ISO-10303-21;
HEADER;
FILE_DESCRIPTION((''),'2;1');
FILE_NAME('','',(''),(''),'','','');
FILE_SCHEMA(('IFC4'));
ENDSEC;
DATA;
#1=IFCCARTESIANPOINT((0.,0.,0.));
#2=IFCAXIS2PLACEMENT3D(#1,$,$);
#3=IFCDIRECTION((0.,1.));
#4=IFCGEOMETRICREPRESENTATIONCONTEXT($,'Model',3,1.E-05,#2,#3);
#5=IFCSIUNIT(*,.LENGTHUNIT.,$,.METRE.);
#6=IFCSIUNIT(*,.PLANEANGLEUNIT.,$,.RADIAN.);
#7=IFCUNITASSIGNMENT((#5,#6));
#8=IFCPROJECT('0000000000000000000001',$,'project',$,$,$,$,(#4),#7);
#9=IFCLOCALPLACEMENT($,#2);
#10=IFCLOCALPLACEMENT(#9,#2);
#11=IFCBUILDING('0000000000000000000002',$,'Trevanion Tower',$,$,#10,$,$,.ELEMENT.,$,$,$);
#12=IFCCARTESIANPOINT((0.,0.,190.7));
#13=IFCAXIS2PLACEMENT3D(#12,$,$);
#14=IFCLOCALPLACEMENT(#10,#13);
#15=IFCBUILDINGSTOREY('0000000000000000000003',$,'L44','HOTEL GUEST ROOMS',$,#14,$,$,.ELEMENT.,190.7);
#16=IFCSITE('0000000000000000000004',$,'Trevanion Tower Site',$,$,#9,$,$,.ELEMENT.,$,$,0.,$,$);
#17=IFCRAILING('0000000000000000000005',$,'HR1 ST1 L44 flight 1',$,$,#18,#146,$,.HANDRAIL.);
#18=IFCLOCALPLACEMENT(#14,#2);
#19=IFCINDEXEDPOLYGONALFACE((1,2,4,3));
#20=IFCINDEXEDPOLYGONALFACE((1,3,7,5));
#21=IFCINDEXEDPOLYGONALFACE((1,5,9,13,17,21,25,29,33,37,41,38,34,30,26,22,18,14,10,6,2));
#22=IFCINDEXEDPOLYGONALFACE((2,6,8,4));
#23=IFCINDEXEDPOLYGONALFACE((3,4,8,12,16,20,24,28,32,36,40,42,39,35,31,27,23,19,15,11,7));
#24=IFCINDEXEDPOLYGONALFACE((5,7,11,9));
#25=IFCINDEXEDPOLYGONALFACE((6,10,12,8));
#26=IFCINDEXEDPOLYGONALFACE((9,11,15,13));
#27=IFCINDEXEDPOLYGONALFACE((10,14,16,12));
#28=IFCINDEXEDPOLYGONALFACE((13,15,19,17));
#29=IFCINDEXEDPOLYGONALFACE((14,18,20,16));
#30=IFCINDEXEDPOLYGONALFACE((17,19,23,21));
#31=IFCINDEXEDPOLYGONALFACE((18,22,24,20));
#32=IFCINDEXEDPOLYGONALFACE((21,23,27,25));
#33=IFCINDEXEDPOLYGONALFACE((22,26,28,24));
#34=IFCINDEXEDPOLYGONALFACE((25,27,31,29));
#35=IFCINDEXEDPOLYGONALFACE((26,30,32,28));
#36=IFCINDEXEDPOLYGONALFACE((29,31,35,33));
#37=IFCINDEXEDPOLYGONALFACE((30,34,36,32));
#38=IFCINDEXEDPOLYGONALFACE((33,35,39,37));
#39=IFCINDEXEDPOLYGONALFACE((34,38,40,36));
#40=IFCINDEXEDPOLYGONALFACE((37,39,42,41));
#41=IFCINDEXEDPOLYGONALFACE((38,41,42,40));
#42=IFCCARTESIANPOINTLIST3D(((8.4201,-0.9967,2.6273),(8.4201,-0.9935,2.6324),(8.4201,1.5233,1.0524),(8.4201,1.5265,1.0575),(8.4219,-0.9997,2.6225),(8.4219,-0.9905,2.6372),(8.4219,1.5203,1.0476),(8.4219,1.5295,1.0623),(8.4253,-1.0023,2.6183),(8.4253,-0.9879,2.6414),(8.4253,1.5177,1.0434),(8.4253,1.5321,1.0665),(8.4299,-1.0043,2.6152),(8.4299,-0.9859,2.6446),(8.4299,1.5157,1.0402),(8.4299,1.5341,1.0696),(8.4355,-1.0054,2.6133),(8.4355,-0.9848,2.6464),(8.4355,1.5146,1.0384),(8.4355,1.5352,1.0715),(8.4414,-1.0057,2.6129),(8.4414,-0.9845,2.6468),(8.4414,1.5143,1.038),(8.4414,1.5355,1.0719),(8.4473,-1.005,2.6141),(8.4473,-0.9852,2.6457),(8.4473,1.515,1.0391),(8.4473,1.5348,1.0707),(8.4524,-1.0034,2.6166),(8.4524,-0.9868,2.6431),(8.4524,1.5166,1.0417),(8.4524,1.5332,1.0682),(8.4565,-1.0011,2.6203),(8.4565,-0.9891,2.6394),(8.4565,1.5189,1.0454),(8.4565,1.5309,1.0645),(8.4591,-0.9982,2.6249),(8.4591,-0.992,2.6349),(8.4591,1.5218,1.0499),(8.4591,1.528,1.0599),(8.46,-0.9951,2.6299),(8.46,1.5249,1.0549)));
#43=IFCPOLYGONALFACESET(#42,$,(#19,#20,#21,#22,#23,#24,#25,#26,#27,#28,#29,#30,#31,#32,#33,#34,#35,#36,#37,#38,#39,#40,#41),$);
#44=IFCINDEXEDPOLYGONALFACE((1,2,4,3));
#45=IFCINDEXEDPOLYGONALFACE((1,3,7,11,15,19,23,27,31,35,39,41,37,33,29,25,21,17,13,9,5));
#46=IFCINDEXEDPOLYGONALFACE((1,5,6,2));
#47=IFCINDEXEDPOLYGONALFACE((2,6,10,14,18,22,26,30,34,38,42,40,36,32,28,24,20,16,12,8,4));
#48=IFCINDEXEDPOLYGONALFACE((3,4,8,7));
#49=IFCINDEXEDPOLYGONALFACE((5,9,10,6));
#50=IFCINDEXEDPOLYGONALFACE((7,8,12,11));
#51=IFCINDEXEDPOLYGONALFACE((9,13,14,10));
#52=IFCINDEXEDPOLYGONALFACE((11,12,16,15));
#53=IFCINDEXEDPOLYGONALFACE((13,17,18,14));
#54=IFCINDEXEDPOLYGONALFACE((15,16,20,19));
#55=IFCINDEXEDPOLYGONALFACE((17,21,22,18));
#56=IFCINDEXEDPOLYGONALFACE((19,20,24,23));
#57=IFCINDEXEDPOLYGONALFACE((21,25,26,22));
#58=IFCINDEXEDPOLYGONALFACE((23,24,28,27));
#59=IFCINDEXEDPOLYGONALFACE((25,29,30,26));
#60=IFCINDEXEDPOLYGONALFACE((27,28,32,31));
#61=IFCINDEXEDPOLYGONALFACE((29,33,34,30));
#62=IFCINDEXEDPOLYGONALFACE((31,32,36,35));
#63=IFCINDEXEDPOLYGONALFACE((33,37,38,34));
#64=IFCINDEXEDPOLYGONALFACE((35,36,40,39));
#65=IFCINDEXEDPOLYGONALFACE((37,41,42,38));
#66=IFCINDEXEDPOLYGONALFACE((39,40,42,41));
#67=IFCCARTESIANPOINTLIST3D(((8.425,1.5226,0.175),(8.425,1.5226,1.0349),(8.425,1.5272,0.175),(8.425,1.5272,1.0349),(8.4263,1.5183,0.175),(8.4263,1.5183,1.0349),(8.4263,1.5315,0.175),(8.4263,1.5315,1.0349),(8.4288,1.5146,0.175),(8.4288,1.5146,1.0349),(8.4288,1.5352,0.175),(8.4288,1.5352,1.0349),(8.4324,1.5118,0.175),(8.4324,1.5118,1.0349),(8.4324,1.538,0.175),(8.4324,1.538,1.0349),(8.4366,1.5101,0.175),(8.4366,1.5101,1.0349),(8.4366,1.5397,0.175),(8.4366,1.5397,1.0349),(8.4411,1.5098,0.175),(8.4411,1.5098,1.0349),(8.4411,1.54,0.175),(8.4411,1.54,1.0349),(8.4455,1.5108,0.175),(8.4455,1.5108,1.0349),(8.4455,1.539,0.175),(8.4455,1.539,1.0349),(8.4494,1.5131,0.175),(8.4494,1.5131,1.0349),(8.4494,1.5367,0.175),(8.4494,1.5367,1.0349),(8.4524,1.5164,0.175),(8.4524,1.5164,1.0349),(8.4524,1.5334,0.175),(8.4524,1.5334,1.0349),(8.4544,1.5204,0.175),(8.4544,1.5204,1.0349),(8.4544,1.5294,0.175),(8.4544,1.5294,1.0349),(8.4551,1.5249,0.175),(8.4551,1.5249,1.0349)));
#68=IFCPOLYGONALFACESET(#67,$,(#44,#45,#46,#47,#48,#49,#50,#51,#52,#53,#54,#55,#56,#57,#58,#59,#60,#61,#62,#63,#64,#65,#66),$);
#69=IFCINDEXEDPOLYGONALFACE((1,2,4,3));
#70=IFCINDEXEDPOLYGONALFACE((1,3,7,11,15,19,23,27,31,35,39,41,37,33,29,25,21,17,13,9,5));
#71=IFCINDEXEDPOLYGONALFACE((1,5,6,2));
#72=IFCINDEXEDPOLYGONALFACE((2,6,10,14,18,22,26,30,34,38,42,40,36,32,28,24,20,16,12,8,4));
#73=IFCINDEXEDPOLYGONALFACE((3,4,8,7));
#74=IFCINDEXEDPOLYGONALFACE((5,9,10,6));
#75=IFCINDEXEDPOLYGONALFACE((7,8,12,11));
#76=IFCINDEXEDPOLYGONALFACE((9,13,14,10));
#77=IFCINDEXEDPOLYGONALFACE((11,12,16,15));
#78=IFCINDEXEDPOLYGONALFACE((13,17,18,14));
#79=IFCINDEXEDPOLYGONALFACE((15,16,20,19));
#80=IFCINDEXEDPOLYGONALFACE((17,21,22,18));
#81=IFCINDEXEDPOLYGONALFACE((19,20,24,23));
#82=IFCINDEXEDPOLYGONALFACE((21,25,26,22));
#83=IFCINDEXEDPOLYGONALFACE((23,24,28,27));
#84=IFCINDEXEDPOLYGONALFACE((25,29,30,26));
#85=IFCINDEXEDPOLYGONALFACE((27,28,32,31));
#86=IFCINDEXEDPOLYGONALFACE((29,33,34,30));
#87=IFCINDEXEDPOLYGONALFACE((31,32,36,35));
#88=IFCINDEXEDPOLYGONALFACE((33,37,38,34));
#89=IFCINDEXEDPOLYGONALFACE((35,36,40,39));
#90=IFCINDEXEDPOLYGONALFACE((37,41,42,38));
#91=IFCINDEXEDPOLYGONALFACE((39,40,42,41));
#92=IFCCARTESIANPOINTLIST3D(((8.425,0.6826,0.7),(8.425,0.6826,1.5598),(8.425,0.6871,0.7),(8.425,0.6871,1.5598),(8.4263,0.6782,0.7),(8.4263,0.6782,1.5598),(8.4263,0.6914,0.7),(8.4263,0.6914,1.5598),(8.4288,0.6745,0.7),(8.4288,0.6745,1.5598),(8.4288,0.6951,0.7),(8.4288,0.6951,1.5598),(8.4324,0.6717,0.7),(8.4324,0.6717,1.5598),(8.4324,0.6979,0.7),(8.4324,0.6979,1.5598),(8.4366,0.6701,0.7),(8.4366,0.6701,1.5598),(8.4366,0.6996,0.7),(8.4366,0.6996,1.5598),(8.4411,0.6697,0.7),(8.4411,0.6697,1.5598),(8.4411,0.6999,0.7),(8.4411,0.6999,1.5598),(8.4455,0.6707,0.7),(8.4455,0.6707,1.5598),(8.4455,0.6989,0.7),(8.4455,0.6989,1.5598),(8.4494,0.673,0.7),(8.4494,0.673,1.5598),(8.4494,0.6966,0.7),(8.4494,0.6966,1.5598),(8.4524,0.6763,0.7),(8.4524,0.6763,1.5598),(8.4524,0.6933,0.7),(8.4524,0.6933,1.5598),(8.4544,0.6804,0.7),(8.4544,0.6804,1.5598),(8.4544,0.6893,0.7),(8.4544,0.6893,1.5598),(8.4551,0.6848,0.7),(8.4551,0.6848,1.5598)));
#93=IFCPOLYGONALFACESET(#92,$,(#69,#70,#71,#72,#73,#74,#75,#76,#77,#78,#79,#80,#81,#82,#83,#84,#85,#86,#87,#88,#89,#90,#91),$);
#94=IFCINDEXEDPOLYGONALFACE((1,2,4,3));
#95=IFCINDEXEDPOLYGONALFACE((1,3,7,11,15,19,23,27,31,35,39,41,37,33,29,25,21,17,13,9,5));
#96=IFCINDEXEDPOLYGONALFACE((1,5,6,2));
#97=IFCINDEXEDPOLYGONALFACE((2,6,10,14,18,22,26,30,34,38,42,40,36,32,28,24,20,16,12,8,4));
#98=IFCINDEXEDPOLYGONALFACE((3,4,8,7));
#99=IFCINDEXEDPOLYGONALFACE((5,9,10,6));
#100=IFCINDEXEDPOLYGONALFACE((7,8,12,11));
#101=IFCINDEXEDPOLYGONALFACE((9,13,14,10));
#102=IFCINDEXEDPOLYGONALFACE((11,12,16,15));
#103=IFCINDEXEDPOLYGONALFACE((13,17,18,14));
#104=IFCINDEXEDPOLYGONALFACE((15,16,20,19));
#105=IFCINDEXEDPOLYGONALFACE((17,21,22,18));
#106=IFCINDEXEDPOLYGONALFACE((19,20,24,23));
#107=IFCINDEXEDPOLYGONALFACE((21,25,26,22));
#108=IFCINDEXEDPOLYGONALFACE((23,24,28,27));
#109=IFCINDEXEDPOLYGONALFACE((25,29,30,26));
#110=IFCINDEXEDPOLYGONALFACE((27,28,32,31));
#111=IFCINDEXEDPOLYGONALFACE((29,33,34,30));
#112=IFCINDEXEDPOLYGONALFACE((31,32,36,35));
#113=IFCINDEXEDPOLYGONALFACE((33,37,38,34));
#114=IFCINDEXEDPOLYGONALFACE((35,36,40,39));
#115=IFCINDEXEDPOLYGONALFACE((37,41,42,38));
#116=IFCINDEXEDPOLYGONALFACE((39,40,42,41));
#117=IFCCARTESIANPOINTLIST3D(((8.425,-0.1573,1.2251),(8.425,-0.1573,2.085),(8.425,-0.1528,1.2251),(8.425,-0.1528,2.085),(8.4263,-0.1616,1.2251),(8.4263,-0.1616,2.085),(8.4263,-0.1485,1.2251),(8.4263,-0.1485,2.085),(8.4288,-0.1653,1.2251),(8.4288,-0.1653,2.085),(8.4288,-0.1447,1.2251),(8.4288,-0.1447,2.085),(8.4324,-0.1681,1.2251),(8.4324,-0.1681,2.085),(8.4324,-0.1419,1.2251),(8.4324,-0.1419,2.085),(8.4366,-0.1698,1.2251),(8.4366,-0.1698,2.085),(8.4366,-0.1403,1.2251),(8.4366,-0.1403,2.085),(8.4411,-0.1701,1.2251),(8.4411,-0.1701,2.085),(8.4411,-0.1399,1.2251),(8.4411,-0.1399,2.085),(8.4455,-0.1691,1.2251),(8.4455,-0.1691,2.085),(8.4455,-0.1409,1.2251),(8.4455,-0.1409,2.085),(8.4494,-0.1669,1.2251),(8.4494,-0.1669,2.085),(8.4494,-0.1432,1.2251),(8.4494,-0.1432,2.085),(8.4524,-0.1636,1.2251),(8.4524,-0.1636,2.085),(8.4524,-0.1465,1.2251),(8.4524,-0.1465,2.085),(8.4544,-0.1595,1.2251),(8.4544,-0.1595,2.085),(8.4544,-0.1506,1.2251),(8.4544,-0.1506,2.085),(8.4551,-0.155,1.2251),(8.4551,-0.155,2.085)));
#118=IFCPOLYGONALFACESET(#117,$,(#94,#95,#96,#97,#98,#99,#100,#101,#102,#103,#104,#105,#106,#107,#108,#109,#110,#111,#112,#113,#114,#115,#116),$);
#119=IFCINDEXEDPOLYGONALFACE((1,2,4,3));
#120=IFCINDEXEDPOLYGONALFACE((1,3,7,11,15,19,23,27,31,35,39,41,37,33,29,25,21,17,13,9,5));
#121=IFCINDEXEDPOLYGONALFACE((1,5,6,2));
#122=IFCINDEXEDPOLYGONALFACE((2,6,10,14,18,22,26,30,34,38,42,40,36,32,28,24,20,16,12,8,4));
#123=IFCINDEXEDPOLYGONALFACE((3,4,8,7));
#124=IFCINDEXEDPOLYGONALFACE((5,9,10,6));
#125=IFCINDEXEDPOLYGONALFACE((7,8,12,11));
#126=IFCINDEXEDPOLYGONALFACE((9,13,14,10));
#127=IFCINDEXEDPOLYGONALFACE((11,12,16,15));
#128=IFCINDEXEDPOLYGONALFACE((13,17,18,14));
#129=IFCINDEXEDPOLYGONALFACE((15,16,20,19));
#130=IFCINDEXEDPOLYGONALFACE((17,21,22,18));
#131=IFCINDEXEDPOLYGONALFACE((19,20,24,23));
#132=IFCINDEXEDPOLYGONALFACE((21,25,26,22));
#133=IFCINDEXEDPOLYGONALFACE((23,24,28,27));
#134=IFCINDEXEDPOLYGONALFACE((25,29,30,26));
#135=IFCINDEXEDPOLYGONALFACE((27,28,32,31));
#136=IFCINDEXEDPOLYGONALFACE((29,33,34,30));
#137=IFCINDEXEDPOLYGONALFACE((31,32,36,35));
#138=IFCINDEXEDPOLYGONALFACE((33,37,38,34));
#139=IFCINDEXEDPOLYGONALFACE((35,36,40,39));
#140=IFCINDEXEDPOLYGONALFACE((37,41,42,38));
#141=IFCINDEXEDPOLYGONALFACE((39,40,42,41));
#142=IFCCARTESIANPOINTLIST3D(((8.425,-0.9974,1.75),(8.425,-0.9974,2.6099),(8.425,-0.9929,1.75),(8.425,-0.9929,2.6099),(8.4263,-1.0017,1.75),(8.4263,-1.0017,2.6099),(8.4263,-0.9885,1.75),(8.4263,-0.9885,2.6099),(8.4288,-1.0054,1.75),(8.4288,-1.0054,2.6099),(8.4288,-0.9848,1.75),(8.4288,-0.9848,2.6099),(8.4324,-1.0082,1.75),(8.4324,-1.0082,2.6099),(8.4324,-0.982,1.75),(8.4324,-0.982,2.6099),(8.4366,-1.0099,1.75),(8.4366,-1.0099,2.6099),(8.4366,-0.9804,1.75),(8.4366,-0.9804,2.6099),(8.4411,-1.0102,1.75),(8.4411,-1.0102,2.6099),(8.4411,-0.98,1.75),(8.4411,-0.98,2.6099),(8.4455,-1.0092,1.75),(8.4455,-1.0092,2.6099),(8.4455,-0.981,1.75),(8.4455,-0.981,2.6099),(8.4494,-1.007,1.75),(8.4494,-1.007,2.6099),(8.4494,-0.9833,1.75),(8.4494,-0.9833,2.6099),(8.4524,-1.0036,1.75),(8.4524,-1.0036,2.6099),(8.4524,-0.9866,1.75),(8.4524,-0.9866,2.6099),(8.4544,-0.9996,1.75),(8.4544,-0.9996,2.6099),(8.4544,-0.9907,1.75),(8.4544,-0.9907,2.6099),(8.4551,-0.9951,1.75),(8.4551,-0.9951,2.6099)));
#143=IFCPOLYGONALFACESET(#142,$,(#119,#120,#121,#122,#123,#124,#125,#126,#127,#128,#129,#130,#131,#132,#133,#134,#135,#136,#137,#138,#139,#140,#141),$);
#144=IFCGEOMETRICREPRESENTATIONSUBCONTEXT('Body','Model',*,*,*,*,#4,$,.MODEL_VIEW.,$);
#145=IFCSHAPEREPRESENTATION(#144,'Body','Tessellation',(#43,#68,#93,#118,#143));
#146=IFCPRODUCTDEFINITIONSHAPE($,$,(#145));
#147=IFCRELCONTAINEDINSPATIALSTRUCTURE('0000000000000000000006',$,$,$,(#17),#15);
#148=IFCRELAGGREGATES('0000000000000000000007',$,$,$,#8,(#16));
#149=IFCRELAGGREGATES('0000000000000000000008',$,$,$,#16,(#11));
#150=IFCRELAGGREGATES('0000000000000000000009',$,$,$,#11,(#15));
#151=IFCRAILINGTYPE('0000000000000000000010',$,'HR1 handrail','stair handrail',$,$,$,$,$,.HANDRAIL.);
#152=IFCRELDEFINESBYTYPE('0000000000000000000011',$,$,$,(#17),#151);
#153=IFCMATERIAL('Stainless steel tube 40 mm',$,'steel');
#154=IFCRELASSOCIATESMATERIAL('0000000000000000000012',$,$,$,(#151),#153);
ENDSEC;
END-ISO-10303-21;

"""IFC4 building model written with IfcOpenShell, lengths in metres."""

from ifc_helpers import new_model, si_unit, direction, frame, origin, origin_2d, place, context, subcontext, project, spatial, circle, extrude, material, type_object, element, save


model = new_model("IFC4")

# Units and contexts
model_context = context("Model", 3, precision=1e-05, world=origin(), true_north=direction((0.0, 1.0)))
body_context = subcontext(model_context, "Body", "Model", "MODEL_VIEW")
ifc_project = project(units=[si_unit("LENGTHUNIT", "METRE"), si_unit("PLANEANGLEUNIT", "RADIAN")], contexts=[model_context])

# Site, building, storey
site_placement = place(None, origin())
site = spatial("IfcSite", under=ifc_project, at=site_placement, Name="Trevanion Tower Site", CompositionType="ELEMENT", RefElevation=0.0)
building_placement = place(site_placement, origin())
building = spatial("IfcBuilding", under=site, at=building_placement, Name="Trevanion Tower", CompositionType="ELEMENT")
storey_placement = place(building_placement, frame((0.0, 0.0, 190.7)))
storey = spatial("IfcBuildingStorey", under=building, at=storey_placement, Name="L44", Description="HOTEL GUEST ROOMS", CompositionType="ELEMENT", Elevation=190.7)

# Railing
ifc_material_1 = material(Name="Stainless steel tube 40 mm", Category="steel")
railing_type = type_object("IfcRailingType", Name="HR1 handrail", Description="stair handrail", PredefinedType="HANDRAIL", material=ifc_material_1)
for number, where, name in (
    (1, (8.4399, 1.5249, 0.175), "HR1 ST1 L44 flight 1"),
):
    element("IfcRailing", number, at=place(storey_placement, frame(where)), inside=storey, type_object=railing_type, Name=name, PredefinedType="HANDRAIL", context=body_context, shape_type="SweptSolid", body=[
        extrude(circle(Radius=0.02, at=origin_2d()), frame((0.0, 0.0, 0.8799), z_axis=(0.0, -0.848008, 0.529984), x_axis=(1.0, 0.0, 0.0)), (0.0, 0.0, 1.0), 2.9717),
        extrude(circle(Radius=0.0151, at=origin_2d()), origin(), (0.0, 0.0, 1.0), 0.8599),
        extrude(circle(Radius=0.0151, at=origin_2d()), frame((0.0, -0.8401, 0.5249)), (0.0, 0.0, 1.0), 0.8599),
        extrude(circle(Radius=0.0151, at=origin_2d()), frame((0.0, -1.6799, 1.05)), (0.0, 0.0, 1.0), 0.8599),
        extrude(circle(Radius=0.0151, at=origin_2d()), frame((0.0, -2.52, 1.575)), (0.0, 0.0, 1.0), 0.8599),
    ])

save(model, "model.ifc")
